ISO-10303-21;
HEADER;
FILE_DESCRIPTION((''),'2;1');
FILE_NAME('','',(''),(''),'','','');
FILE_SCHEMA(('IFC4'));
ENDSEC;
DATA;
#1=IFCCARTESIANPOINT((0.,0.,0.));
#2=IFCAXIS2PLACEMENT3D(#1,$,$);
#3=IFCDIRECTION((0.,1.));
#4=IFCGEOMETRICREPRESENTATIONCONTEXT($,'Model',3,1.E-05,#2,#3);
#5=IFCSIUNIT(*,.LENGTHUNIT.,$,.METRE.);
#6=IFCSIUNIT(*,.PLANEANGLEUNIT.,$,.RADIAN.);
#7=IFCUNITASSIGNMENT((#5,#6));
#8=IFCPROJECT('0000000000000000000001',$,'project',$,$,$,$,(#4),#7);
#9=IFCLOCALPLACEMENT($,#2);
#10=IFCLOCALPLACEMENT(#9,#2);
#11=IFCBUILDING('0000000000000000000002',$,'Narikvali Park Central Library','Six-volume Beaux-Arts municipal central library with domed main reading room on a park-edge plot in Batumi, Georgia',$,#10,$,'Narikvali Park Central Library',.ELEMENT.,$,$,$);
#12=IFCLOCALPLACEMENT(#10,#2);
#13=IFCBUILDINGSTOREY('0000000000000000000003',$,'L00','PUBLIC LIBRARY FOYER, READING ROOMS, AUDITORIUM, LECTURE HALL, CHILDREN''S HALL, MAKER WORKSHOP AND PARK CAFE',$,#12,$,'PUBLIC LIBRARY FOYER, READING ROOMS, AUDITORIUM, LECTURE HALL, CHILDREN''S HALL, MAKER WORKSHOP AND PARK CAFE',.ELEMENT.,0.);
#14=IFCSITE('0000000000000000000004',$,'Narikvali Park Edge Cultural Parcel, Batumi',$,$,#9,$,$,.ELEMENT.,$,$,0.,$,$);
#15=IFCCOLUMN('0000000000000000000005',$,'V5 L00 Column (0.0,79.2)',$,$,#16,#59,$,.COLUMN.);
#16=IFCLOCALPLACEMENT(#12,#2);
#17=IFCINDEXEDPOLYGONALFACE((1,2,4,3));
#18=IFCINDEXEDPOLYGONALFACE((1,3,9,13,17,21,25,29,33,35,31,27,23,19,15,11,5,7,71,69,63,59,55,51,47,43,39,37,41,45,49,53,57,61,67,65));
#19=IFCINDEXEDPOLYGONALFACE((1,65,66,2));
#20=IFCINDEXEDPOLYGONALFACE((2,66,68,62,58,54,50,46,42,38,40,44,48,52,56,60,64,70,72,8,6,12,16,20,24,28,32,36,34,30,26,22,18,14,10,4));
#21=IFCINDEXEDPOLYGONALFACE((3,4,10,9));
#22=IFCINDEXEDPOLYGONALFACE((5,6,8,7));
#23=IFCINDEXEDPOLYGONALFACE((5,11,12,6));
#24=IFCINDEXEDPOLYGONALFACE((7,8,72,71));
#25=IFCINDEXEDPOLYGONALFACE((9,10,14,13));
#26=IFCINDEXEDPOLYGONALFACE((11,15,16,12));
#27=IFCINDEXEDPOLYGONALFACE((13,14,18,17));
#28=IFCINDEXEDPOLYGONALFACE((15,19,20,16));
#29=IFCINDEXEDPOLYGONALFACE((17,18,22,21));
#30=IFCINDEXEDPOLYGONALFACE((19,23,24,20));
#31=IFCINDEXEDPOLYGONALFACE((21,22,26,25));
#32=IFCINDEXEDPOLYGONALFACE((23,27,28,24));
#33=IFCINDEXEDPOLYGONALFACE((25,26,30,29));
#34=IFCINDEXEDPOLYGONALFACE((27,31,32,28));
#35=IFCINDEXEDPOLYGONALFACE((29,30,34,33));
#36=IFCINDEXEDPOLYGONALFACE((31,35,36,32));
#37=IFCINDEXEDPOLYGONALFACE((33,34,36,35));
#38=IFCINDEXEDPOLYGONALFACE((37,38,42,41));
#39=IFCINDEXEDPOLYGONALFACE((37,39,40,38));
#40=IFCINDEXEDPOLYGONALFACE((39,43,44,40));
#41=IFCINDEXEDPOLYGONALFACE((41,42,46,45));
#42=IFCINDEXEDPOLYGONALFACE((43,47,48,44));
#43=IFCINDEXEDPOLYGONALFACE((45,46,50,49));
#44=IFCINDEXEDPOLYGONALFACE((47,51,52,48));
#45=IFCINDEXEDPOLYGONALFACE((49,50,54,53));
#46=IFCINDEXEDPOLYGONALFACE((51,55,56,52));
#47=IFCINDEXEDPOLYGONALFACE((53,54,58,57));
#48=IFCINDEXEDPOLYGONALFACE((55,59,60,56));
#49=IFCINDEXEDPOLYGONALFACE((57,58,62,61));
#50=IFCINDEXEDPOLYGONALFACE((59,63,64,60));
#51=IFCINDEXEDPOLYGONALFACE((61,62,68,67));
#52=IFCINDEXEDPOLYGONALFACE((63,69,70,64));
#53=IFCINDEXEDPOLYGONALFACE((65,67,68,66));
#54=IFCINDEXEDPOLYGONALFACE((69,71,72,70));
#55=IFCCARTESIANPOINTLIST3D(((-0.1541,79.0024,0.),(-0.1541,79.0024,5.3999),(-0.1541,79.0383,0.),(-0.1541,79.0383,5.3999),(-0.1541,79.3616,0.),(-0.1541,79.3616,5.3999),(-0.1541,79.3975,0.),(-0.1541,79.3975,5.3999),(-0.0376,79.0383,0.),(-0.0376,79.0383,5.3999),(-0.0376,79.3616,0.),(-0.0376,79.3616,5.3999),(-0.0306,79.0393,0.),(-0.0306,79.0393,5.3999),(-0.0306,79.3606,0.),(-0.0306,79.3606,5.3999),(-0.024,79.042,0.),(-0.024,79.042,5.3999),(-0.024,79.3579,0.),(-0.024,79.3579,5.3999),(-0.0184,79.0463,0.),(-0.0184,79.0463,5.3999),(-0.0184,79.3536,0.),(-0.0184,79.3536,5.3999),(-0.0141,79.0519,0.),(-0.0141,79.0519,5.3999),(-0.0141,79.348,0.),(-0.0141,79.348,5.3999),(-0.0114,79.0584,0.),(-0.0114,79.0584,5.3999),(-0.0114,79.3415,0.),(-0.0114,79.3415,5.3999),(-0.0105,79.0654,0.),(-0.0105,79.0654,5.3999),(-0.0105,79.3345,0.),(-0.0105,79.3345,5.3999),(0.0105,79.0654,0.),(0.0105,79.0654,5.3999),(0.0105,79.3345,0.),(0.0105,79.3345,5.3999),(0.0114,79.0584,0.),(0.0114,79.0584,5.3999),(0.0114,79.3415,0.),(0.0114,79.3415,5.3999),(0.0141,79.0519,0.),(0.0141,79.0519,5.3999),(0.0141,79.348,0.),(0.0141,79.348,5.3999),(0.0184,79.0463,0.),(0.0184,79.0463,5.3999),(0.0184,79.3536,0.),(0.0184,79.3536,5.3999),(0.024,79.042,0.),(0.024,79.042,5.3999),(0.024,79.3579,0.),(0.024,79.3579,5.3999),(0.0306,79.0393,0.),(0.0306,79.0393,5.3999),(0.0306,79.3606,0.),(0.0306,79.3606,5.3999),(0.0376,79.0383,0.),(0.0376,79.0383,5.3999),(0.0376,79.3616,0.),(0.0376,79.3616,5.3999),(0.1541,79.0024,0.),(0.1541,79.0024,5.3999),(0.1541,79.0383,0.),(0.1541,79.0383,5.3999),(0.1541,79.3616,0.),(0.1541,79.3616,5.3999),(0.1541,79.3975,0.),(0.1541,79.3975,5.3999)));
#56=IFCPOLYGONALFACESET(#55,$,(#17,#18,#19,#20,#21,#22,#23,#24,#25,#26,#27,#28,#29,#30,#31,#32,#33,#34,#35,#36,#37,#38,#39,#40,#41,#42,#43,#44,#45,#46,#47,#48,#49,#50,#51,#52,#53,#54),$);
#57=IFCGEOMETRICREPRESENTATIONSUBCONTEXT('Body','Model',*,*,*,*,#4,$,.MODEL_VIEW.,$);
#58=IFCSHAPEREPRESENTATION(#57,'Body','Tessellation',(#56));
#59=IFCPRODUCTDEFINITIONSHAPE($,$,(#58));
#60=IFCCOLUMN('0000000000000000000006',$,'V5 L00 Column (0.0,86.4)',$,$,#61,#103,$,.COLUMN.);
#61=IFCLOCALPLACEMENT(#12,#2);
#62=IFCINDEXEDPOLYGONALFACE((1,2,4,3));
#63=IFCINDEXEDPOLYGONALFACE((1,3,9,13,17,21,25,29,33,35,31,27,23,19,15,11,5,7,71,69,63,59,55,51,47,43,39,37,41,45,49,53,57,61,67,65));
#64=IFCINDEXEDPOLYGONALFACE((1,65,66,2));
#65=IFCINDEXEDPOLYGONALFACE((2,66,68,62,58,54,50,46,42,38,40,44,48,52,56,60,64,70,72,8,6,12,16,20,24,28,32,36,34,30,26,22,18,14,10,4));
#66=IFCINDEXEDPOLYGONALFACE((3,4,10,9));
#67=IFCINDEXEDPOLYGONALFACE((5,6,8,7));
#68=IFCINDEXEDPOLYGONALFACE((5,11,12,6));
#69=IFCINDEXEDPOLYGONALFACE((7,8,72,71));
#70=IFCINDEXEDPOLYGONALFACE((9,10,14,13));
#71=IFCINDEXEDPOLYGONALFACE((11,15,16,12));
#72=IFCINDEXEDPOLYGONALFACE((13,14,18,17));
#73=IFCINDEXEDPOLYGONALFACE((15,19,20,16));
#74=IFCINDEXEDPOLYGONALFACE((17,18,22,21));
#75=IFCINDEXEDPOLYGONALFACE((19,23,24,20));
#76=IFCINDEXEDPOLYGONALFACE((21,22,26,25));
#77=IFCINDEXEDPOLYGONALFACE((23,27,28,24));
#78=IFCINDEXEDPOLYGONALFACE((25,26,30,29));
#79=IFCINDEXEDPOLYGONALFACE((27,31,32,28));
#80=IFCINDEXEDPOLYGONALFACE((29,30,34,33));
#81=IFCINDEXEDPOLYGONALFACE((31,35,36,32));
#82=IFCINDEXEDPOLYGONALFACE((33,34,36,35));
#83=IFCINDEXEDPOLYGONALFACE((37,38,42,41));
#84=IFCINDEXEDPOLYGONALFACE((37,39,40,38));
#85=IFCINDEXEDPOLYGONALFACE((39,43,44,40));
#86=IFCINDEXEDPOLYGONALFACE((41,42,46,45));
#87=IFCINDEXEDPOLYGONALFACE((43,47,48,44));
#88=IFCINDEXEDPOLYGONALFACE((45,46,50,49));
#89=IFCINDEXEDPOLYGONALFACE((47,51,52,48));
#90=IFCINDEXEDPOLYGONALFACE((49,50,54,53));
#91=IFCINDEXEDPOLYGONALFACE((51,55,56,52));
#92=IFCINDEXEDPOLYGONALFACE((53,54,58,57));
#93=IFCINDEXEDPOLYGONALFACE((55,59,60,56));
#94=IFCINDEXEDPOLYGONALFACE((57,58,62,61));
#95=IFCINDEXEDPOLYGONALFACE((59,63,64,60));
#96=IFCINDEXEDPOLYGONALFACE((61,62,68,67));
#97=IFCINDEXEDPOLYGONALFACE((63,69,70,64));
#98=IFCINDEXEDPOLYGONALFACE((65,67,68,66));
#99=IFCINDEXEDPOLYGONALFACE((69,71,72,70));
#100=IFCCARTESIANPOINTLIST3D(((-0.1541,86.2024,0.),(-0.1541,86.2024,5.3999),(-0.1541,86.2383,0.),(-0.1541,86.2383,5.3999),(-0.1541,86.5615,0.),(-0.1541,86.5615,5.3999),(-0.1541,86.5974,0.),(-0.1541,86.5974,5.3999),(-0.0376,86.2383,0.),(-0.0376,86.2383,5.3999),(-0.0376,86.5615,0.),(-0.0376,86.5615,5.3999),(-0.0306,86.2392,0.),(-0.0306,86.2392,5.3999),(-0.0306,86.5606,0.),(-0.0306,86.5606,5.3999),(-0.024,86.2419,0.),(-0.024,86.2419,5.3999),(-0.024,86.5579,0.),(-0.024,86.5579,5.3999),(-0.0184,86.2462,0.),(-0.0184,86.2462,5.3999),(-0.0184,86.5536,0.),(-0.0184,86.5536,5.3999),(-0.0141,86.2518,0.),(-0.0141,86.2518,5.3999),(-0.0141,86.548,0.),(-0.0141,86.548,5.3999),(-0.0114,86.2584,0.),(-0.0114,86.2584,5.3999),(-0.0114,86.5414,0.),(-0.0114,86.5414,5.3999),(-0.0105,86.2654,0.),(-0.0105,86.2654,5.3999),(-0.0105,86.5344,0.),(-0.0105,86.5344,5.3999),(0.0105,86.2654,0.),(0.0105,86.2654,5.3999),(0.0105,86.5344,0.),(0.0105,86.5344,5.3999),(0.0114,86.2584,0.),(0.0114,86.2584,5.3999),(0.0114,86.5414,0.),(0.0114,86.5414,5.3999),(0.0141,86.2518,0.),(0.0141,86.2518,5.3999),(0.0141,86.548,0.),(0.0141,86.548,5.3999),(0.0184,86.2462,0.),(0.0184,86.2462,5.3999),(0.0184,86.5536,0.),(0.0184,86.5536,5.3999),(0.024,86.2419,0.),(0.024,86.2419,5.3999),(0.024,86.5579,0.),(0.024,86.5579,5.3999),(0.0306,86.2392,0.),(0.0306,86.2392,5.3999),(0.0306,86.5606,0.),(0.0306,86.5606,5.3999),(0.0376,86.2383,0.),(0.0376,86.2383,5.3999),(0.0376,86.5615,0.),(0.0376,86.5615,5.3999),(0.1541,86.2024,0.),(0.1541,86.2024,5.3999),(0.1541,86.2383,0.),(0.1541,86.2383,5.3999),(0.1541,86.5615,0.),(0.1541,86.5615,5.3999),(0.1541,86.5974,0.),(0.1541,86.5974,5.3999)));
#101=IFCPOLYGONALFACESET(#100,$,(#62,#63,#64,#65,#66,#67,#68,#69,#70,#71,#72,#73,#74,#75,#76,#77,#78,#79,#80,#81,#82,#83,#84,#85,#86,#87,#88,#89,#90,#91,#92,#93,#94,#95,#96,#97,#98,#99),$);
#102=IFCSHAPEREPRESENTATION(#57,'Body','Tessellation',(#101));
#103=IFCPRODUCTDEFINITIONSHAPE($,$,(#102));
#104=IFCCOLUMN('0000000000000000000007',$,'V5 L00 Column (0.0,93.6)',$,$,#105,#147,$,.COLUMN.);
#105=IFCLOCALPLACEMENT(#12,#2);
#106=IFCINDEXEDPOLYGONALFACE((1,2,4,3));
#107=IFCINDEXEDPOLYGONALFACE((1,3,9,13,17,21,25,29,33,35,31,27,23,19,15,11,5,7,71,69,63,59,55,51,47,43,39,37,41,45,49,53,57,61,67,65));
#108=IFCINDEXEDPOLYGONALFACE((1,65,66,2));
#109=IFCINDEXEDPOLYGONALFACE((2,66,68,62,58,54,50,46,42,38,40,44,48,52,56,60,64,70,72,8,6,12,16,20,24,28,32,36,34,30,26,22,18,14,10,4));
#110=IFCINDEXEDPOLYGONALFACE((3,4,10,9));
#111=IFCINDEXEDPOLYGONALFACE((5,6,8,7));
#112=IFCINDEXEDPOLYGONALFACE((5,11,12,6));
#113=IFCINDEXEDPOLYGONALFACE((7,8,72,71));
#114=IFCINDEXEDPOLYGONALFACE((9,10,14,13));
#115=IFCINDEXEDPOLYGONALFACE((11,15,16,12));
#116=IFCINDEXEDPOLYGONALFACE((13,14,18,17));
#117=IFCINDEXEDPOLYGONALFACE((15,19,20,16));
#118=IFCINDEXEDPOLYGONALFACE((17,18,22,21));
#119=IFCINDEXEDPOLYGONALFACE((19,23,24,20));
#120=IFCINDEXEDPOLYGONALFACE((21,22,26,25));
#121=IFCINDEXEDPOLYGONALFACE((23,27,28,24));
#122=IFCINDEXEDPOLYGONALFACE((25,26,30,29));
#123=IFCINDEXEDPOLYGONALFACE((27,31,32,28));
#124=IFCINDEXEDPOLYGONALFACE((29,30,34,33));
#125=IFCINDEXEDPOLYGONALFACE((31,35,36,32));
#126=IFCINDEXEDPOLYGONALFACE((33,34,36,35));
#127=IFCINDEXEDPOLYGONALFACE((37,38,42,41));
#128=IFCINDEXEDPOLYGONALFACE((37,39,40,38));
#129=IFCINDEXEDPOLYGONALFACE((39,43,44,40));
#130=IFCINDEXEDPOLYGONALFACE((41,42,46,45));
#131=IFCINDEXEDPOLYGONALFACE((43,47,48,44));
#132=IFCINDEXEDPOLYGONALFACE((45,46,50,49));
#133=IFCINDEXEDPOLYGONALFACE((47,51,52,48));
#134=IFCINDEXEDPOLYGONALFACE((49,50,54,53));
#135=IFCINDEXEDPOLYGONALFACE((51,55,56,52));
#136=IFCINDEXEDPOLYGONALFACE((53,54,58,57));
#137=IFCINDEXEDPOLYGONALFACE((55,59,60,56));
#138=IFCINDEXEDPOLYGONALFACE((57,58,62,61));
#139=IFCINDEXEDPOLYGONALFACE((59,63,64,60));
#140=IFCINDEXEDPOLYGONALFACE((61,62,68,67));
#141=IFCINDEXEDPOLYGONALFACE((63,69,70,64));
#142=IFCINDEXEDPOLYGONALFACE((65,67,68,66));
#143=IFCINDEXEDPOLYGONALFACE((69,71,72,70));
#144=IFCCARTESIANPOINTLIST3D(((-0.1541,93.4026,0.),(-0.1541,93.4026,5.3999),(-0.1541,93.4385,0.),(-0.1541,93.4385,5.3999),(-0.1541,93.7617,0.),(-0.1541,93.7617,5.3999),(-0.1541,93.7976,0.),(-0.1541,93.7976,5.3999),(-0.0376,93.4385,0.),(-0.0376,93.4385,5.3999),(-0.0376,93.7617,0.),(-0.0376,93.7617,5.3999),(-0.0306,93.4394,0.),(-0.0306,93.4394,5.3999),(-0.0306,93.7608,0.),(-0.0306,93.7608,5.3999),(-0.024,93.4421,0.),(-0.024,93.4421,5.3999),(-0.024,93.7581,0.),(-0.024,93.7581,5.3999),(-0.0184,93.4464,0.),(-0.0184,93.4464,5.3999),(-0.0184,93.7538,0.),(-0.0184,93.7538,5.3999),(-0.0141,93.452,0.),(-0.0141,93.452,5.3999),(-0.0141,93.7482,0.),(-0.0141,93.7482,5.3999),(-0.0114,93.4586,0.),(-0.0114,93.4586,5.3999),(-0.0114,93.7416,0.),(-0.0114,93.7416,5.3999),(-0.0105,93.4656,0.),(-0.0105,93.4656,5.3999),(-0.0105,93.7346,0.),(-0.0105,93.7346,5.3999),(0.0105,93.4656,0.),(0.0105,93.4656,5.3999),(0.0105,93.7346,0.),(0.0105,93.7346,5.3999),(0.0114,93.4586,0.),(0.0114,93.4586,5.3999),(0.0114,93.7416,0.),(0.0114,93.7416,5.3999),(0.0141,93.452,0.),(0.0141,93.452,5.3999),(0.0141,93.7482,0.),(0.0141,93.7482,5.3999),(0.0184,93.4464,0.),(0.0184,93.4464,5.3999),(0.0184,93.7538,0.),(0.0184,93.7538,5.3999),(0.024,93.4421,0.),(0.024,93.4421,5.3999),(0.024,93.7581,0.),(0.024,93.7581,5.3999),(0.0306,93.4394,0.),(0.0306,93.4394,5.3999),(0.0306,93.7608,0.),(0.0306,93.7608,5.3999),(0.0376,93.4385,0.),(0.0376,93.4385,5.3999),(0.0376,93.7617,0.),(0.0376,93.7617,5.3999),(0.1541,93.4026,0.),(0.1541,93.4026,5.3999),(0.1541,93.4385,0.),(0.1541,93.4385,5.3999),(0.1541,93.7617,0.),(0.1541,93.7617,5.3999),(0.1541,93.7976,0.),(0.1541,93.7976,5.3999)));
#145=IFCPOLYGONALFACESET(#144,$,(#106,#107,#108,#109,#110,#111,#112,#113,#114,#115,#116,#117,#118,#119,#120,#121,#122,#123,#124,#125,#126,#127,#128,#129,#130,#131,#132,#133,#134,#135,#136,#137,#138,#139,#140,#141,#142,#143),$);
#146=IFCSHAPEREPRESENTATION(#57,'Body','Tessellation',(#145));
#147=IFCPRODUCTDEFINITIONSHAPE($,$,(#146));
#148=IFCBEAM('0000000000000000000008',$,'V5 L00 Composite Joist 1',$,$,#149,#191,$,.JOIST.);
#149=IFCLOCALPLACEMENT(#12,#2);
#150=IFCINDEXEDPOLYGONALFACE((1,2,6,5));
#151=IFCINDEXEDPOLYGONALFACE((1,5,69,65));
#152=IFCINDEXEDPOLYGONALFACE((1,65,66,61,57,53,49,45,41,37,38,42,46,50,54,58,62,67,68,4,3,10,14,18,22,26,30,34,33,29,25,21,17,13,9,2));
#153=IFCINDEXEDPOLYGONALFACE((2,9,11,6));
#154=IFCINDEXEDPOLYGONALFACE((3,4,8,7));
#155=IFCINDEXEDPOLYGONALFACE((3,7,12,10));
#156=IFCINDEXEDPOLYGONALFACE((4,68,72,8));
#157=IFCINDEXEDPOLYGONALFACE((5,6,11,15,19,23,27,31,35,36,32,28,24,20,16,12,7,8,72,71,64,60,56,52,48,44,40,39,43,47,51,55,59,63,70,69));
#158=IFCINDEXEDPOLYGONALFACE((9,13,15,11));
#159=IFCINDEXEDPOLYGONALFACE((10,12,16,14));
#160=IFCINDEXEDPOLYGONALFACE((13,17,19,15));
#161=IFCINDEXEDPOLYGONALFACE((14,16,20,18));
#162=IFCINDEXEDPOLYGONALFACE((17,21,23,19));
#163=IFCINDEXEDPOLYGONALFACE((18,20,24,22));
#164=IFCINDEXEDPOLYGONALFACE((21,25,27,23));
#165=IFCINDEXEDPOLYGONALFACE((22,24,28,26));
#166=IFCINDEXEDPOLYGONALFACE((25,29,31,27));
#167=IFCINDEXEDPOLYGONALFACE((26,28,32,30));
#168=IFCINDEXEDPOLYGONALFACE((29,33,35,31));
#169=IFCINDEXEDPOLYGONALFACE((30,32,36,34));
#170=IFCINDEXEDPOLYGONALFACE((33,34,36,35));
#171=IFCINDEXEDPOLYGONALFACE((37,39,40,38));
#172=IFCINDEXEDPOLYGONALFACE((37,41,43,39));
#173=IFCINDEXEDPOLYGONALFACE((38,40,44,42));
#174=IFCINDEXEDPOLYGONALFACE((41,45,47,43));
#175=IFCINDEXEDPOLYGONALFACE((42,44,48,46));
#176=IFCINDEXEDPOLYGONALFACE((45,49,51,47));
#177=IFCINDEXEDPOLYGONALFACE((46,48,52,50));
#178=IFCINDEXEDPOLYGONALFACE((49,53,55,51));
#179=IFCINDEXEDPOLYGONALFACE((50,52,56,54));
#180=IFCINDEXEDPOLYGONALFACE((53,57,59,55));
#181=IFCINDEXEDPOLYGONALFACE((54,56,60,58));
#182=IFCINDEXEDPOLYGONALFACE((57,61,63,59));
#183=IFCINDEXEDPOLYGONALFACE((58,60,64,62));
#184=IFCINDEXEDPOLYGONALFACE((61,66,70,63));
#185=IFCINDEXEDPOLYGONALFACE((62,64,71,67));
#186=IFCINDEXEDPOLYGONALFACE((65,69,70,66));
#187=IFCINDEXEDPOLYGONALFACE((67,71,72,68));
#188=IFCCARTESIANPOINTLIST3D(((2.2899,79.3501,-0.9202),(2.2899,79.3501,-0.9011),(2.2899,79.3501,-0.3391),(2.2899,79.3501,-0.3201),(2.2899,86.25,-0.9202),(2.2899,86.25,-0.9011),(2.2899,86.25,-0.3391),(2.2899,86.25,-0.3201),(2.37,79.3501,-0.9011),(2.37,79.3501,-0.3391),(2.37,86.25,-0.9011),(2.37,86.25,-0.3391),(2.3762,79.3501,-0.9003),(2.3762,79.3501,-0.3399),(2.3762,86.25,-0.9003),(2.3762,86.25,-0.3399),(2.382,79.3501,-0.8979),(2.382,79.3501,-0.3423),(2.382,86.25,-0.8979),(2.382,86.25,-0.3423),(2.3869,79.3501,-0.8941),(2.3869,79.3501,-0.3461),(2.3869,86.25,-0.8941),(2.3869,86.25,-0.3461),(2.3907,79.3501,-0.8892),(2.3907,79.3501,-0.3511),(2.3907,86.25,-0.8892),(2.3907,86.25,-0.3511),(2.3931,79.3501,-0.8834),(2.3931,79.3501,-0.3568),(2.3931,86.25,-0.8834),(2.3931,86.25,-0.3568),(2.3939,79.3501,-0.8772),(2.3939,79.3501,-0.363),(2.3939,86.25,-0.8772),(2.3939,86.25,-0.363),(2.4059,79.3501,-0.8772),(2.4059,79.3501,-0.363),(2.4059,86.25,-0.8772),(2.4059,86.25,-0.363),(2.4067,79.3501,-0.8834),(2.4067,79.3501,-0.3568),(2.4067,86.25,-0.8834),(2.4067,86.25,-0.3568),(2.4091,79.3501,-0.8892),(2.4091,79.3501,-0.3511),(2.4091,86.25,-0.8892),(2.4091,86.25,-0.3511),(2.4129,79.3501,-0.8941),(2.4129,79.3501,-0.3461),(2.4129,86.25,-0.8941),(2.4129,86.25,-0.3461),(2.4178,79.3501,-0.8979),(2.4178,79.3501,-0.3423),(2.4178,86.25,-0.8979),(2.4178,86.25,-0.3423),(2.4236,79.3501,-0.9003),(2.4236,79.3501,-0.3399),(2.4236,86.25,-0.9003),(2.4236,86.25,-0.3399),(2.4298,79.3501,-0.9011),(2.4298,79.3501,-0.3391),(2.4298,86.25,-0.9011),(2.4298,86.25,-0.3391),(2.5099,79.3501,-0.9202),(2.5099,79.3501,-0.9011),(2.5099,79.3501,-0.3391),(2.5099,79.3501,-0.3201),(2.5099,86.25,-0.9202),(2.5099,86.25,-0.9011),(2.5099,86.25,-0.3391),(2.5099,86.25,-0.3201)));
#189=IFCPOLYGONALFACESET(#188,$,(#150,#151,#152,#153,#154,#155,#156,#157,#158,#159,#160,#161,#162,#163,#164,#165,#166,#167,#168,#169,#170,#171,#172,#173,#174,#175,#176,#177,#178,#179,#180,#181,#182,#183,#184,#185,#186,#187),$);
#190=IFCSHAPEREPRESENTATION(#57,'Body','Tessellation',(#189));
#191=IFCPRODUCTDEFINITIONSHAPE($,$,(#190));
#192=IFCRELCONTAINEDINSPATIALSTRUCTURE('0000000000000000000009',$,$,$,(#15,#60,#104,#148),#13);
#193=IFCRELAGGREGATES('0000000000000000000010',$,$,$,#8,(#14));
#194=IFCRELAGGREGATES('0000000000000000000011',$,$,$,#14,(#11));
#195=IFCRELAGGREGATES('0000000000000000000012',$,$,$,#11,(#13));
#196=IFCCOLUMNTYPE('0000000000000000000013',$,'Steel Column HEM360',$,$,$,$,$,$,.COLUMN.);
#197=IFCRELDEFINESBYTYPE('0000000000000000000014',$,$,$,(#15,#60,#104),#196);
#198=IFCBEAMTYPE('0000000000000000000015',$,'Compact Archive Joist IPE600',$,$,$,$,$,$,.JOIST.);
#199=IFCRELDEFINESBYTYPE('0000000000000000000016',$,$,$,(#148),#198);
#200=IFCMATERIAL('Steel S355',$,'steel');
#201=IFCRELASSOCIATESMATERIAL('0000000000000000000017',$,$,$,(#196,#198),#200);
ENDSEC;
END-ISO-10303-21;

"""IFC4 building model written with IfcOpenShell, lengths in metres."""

from ifc_helpers import new_model, si_unit, direction, frame, origin, origin_2d, place, context, subcontext, project, spatial, i_section, extrude, material, material_profile, profile_set, type_object, element, save


model = new_model("IFC4")

# Units and contexts
model_context = context("Model", 3, precision=1e-05, world=origin(), true_north=direction((0.0, 1.0)))
body_context = subcontext(model_context, "Body", "Model", "MODEL_VIEW")
ifc_project = project(units=[si_unit("LENGTHUNIT", "METRE"), si_unit("PLANEANGLEUNIT", "RADIAN")], contexts=[model_context])

# Site, building, storey
site_placement = place(None, origin())
site = spatial("IfcSite", under=ifc_project, at=site_placement, Name="Narikvali Park Edge Cultural Parcel, Batumi", CompositionType="ELEMENT", RefElevation=0.0)
building_placement = place(site_placement, origin())
building = spatial("IfcBuilding", under=site, at=building_placement, Name="Narikvali Park Central Library", Description="Six-volume Beaux-Arts municipal central library with domed main reading room on a park-edge plot in Batumi, Georgia", LongName="Narikvali Park Central Library", CompositionType="ELEMENT")
storey_placement = place(building_placement, origin())
storey = spatial("IfcBuildingStorey", under=building, at=storey_placement, Name="L00", Description="PUBLIC LIBRARY FOYER, READING ROOMS, AUDITORIUM, LECTURE HALL, CHILDREN'S HALL, MAKER WORKSHOP AND PARK CAFE", LongName="PUBLIC LIBRARY FOYER, READING ROOMS, AUDITORIUM, LECTURE HALL, CHILDREN'S HALL, MAKER WORKSHOP AND PARK CAFE", CompositionType="ELEMENT", Elevation=0.0)

# Columns
ifc_material_1 = material(Name="Steel S355", Category="steel")
ifc_material_profile_1 = material_profile(ifc_material_1, i_section(OverallWidth=0.3081, OverallDepth=0.395, WebThickness=0.021, FlangeThickness=0.0359, FilletRadius=0.0271, at=origin_2d()), Name="HEM 360")
ifc_profile_set_1 = profile_set([ifc_material_profile_1], Name="Steel S355")
column_type = type_object("IfcColumnType", Name="Steel Column HEM360", PredefinedType="COLUMN", material=ifc_profile_set_1)
for number, where, z_axis, x_axis, name in (
    (1, (0.0, 79.2, 0.0), (0.0, 0.0, 1.0), (1.0, 0.0, 0.0), "V5 L00 Column (0.0,79.2)"),
    (2, (0.0, 86.3999, 0.0), (0.0, 0.0, 1.0), (1.0, 0.0, 0.0), "V5 L00 Column (0.0,86.4)"),
    (3, (0.0, 93.6001, 0.0), (0.0, 0.0, 1.0), (1.0, 0.0, 0.0), "V5 L00 Column (0.0,93.6)"),
):
    element("IfcColumn", number, at=place(storey_placement, frame(where, z_axis=z_axis, x_axis=x_axis)), inside=storey, type_object=column_type, Name=name, PredefinedType="COLUMN", context=body_context, shape_type="SweptSolid", body=[
        extrude(i_section(OverallWidth=0.3081, OverallDepth=0.395, WebThickness=0.021, FlangeThickness=0.0359, FilletRadius=0.0271, at=origin_2d()), origin(), (0.0, 0.0, 1.0), 5.3999),
    ])

# Beam
ifc_material_profile_2 = material_profile(ifc_material_1, i_section(OverallWidth=0.22, OverallDepth=0.6001, WebThickness=0.012, FlangeThickness=0.019, FilletRadius=0.0239, at=origin_2d()), Name="IPE 600")
ifc_profile_set_2 = profile_set([ifc_material_profile_2], Name="Steel S355")
beam_type_1 = type_object("IfcBeamType", Name="Compact Archive Joist IPE600", PredefinedType="JOIST", material=ifc_profile_set_2)
for number, where, z_axis, x_axis, name in (
    (4, (2.3999, 79.3501, -0.6201), (0.0, 1.0, 0.0), (-1.0, 0.0, 0.0), "V5 L00 Composite Joist 1"),
):
    element("IfcBeam", number, at=place(storey_placement, frame(where, z_axis=z_axis, x_axis=x_axis)), inside=storey, type_object=beam_type_1, Name=name, PredefinedType="JOIST", context=body_context, shape_type="SweptSolid", body=[
        extrude(i_section(OverallWidth=0.22, OverallDepth=0.6001, WebThickness=0.012, FlangeThickness=0.019, FilletRadius=0.0239, at=origin_2d()), origin(), (0.0, 0.0, 1.0), 6.8999),
    ])

save(model, "model.ifc")
